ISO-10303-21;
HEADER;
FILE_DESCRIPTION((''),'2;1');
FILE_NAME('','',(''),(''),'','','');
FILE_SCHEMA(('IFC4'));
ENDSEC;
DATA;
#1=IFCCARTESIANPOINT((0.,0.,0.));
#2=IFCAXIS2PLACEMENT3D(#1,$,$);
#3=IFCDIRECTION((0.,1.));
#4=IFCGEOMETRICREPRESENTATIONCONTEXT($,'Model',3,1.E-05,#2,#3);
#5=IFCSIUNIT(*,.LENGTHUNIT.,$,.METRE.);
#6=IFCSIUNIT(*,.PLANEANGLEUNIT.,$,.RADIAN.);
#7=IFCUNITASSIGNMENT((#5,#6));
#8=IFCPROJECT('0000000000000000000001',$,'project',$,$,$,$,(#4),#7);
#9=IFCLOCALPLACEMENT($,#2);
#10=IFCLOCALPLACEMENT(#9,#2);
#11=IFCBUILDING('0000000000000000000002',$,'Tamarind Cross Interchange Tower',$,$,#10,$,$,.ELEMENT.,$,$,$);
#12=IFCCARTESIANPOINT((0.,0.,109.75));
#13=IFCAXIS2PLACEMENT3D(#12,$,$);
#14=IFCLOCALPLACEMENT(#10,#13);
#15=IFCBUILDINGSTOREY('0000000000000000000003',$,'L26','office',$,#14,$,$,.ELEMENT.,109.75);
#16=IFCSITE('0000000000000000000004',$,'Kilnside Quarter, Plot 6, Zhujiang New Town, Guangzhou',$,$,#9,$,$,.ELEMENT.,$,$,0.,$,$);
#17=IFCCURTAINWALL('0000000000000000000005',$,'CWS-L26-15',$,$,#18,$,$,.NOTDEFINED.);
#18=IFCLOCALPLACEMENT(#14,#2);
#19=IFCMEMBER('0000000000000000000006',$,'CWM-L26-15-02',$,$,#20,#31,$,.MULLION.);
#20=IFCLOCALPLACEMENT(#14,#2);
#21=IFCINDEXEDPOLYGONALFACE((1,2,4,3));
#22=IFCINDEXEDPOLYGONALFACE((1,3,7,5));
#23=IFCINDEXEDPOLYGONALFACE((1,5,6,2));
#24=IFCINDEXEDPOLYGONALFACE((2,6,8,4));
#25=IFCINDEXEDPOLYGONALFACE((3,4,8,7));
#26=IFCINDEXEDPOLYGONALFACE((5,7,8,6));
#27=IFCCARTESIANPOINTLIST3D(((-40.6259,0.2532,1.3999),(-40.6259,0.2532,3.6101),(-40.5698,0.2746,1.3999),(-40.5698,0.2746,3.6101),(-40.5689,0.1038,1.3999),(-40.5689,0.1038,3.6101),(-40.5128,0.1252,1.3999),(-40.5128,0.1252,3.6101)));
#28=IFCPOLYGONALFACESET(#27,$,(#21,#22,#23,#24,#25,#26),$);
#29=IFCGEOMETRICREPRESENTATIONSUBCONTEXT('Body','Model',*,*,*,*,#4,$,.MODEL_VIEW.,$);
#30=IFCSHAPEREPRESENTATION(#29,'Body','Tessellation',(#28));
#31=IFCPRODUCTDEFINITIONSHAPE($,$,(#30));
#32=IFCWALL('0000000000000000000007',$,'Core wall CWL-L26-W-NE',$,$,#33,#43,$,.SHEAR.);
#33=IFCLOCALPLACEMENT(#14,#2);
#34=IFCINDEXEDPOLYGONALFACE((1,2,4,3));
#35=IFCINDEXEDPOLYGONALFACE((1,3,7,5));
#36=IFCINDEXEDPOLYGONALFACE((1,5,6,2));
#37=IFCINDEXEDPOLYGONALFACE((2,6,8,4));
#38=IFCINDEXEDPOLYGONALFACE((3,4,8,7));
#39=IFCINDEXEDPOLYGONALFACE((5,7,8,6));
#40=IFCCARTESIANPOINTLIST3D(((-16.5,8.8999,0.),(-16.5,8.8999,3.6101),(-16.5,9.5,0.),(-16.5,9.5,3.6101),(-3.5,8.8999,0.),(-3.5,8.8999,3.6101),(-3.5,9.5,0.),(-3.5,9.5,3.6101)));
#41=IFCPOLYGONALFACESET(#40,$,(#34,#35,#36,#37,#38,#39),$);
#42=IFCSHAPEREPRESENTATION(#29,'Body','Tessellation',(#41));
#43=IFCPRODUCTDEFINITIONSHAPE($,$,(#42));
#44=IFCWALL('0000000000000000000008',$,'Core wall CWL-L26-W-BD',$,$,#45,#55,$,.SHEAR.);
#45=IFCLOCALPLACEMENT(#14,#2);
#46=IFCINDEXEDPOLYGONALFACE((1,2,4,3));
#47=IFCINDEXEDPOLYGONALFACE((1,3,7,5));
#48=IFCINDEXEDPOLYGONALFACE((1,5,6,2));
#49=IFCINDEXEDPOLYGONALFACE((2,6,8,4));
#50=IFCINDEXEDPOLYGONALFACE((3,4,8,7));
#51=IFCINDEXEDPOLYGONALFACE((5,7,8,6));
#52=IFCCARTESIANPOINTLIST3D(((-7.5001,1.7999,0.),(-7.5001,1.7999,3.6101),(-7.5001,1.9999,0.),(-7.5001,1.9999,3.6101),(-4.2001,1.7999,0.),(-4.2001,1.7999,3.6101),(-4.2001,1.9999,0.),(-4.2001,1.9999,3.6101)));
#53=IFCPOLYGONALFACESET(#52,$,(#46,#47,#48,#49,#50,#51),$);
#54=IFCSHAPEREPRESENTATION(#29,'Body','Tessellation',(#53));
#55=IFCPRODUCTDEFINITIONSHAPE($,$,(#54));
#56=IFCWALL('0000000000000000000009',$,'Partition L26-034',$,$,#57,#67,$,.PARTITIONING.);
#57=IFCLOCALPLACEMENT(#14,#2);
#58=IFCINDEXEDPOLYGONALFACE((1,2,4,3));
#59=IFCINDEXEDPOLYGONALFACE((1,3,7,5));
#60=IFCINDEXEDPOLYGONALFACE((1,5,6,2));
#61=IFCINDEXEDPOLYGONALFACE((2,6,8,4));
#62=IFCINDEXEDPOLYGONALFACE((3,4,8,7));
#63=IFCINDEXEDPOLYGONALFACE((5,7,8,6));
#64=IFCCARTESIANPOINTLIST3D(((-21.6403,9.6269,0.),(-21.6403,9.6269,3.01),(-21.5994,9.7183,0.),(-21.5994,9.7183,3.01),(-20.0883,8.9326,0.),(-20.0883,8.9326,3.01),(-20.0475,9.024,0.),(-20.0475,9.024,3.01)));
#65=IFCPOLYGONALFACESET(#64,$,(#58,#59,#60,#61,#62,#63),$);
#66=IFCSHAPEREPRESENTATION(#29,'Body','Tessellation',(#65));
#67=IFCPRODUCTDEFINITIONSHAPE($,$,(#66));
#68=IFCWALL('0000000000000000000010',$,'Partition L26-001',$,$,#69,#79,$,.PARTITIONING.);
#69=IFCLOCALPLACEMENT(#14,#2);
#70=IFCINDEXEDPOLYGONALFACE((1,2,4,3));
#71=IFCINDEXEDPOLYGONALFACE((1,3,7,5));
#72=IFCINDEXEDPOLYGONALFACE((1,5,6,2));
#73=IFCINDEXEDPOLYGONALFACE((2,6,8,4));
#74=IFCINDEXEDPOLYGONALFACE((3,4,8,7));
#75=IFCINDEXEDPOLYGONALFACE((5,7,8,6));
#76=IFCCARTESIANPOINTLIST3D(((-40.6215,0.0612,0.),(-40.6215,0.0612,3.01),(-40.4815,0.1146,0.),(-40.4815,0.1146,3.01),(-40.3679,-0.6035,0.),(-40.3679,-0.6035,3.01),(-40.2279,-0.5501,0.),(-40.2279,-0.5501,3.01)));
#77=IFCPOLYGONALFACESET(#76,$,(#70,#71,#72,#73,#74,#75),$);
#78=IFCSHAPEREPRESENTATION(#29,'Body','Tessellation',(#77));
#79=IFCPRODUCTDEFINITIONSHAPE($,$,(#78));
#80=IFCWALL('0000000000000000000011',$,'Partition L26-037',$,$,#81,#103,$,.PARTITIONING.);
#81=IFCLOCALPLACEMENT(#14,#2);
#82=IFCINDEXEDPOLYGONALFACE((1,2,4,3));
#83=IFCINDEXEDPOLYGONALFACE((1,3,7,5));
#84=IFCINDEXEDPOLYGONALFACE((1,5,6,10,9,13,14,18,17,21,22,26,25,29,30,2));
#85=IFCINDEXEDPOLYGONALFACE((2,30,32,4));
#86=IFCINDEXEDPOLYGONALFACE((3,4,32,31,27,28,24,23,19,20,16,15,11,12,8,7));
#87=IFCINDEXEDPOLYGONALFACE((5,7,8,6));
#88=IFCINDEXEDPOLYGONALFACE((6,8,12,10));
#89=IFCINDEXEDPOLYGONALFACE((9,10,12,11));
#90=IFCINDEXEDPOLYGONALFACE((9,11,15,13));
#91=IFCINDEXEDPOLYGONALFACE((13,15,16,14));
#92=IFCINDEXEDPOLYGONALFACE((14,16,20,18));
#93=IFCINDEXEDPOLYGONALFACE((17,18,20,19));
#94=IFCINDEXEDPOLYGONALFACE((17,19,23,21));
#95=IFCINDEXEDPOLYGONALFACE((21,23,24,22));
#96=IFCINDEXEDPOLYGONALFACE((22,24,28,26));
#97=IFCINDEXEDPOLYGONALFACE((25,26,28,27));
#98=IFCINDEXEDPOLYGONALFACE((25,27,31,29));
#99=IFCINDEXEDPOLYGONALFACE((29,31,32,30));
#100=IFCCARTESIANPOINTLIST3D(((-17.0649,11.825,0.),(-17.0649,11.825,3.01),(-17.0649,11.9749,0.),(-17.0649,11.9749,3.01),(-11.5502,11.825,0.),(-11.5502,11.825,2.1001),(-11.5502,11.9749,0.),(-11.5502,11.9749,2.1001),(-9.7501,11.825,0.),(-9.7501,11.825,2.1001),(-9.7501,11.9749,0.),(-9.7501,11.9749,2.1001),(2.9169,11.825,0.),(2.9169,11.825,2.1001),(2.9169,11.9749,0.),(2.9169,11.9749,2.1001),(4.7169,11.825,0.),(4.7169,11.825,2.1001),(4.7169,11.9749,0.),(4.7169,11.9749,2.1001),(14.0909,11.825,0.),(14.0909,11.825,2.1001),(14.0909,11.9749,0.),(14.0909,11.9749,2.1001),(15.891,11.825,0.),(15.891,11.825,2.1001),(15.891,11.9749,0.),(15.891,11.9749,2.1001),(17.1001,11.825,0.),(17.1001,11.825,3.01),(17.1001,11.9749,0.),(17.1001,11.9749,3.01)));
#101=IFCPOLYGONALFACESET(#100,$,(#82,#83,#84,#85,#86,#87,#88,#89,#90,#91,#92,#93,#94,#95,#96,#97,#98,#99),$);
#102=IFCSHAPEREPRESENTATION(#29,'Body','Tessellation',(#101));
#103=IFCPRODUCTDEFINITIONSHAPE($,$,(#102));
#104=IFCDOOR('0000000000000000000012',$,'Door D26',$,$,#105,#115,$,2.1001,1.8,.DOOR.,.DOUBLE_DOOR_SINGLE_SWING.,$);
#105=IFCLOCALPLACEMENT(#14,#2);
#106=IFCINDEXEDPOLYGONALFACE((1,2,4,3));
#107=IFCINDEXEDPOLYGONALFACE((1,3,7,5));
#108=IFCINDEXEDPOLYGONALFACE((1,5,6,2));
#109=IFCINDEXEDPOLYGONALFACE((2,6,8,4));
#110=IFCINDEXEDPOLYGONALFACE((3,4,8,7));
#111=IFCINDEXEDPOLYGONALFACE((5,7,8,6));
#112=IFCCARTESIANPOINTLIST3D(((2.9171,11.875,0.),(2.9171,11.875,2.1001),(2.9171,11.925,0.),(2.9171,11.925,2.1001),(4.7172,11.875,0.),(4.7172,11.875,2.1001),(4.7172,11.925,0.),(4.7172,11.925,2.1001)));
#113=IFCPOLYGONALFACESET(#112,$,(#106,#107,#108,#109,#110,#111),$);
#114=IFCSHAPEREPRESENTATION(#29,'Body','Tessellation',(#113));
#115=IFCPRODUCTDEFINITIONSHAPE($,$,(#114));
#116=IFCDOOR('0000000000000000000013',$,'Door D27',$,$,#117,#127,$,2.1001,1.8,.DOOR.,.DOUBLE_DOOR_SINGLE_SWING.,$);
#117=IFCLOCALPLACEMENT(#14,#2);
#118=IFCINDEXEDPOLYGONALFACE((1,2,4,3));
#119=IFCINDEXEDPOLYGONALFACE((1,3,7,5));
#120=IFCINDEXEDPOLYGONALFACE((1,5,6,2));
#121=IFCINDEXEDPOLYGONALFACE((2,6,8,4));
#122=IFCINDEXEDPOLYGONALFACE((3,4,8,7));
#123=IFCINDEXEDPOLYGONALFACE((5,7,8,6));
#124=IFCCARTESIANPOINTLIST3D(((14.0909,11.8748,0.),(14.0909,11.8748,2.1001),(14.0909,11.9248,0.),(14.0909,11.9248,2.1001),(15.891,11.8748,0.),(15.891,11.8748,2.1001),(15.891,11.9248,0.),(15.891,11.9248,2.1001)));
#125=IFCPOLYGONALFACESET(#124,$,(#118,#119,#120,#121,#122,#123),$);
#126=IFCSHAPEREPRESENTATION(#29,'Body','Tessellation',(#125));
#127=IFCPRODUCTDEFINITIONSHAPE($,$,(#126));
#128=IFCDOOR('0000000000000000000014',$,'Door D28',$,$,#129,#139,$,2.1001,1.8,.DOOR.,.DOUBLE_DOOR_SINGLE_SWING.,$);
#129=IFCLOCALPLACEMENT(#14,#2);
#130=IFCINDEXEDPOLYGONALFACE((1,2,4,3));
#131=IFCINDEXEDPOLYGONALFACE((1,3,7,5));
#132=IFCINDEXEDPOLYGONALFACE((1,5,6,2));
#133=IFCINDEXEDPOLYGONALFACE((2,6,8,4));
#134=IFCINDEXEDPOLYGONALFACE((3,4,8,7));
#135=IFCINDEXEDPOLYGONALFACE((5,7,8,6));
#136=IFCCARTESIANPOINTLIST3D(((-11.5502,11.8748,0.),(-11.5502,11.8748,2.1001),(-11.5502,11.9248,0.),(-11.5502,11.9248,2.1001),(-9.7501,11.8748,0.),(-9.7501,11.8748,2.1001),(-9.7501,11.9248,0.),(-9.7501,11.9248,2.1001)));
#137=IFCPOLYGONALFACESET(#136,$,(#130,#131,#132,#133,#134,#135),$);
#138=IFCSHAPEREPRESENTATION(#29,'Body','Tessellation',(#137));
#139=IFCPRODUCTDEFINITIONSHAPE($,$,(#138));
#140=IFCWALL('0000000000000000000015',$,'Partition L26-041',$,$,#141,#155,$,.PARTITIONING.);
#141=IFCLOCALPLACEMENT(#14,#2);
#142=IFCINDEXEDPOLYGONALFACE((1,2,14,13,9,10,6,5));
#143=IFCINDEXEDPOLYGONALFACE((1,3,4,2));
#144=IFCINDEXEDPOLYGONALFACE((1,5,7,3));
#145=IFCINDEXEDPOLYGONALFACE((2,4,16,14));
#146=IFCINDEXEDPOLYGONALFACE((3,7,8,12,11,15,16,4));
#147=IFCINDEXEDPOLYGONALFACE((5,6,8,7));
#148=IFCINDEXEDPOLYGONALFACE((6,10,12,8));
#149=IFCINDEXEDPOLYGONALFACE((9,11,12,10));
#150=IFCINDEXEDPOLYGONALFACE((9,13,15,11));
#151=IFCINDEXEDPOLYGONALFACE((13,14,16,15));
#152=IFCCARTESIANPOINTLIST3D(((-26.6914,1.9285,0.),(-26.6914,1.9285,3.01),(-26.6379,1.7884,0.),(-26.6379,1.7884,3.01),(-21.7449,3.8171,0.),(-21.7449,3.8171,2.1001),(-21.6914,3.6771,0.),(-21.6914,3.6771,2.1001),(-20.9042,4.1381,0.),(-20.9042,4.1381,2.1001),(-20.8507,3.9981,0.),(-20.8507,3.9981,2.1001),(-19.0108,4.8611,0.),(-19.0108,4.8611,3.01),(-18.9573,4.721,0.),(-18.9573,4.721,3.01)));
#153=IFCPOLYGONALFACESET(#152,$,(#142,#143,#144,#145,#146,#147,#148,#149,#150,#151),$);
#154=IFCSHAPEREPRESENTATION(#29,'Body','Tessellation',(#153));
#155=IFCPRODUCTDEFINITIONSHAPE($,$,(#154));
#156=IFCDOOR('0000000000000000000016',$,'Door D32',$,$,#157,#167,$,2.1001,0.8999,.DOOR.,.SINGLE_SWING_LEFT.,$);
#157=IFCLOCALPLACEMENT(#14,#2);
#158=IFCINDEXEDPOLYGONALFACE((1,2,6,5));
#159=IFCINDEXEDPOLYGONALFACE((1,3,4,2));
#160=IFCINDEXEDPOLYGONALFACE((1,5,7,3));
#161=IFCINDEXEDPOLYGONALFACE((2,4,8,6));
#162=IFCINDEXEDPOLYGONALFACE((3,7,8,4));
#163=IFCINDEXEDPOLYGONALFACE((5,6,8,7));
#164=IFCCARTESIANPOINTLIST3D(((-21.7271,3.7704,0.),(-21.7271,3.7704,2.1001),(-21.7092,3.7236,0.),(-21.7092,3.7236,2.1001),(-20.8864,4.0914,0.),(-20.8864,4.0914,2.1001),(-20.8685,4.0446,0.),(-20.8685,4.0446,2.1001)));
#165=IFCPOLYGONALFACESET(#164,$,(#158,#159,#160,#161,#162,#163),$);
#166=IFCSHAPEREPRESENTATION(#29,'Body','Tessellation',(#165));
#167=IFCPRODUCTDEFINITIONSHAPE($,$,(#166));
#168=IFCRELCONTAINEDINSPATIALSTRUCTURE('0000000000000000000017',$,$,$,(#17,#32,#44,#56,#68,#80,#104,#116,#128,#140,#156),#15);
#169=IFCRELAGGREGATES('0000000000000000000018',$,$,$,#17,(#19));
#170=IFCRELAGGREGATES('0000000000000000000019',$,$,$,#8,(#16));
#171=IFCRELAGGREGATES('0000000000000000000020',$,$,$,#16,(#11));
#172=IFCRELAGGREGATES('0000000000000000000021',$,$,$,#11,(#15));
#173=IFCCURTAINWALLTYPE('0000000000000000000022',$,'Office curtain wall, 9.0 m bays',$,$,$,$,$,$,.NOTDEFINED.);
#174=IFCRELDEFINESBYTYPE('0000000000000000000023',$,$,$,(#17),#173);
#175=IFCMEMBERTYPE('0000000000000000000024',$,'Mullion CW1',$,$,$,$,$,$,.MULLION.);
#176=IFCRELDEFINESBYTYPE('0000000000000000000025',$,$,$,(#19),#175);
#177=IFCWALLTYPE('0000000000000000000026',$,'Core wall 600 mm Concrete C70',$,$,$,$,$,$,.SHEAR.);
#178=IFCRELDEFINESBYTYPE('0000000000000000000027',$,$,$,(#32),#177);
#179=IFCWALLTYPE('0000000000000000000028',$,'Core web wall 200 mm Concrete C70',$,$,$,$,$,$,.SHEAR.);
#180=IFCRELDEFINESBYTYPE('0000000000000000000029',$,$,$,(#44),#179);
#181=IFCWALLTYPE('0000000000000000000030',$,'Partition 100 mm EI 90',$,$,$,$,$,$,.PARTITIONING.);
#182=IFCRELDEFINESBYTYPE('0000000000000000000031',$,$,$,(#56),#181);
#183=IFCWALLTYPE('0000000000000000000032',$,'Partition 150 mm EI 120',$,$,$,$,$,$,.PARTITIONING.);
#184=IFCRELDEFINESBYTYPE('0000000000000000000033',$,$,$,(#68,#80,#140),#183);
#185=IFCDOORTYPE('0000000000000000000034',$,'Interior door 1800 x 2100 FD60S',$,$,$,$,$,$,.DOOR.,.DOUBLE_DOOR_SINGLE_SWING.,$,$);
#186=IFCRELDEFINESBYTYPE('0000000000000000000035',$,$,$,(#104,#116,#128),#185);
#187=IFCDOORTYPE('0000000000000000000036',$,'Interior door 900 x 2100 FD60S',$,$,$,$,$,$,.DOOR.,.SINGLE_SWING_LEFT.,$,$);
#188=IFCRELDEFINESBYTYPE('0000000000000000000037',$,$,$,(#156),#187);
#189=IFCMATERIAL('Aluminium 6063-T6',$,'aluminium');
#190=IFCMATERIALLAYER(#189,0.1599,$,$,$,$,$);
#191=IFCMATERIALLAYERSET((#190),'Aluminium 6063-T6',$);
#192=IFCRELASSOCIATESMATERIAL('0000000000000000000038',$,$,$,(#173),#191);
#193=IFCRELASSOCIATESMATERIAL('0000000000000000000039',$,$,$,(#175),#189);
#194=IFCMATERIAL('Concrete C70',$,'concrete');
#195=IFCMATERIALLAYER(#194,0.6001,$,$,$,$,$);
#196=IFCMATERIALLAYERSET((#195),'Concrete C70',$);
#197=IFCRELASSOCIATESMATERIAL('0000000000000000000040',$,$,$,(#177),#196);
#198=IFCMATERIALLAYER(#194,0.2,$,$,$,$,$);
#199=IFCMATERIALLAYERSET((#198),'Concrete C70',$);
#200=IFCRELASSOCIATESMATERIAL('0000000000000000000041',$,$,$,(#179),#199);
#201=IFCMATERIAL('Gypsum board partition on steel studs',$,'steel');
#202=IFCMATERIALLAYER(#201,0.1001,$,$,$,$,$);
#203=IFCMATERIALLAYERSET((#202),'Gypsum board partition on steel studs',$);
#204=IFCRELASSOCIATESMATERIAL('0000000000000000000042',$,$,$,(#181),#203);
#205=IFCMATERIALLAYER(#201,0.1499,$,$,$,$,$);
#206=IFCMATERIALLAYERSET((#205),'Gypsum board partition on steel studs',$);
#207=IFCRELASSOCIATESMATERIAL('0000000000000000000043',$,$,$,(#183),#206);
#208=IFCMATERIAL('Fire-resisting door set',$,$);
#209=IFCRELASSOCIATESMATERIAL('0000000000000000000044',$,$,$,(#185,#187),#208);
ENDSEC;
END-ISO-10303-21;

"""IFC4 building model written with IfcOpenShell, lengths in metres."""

from ifc_helpers import new_model, si_unit, direction, frame, frame_2d, origin, origin_2d, place, context, subcontext, project, spatial, rectangle, extrude, material, layer, layer_set, material_profile, profile_set, type_object, element, fill, aggregate, save


model = new_model("IFC4")

# Units and contexts
model_context = context("Model", 3, precision=1e-05, world=origin(), true_north=direction((0.0, 1.0)))
body_context = subcontext(model_context, "Body", "Model", "MODEL_VIEW")
ifc_project = project(units=[si_unit("LENGTHUNIT", "METRE"), si_unit("PLANEANGLEUNIT", "RADIAN")], contexts=[model_context])

# Site, building, storey
site_placement = place(None, origin())
site = spatial("IfcSite", under=ifc_project, at=site_placement, Name="Kilnside Quarter, Plot 6, Zhujiang New Town, Guangzhou", CompositionType="ELEMENT", RefElevation=0.0)
building_placement = place(site_placement, origin())
building = spatial("IfcBuilding", under=site, at=building_placement, Name="Tamarind Cross Interchange Tower", CompositionType="ELEMENT")
storey_placement = place(building_placement, frame((0.0, 0.0, 109.75)))
storey = spatial("IfcBuildingStorey", under=building, at=storey_placement, Name="L26", Description="office", CompositionType="ELEMENT", Elevation=109.75)

# Shared definitions
ifc_material_1 = material(Name="Aluminium 6063-T6", Category="aluminium")
ifc_layer_1 = layer(ifc_material_1, 0.1599)
ifc_layer_set_1 = layer_set([ifc_layer_1], Name="Aluminium 6063-T6")
curtain_wall_type = type_object("IfcCurtainWallType", Name="Office curtain wall, 9.0 m bays", PredefinedType="NOTDEFINED", material=ifc_layer_set_1)
ifc_material_profile_1 = material_profile(ifc_material_1, rectangle(XDim=0.0601, YDim=0.1599, at=origin_2d()), Name="Mullion CW1")
ifc_profile_set_1 = profile_set([ifc_material_profile_1], Name="Aluminium 6063-T6")
member_type = type_object("IfcMemberType", Name="Mullion CW1", PredefinedType="MULLION", material=ifc_profile_set_1)

# Curtain wall, member
curtain_wall_1_placement = place(storey_placement, origin())
curtain_wall_1 = element("IfcCurtainWall", 1, at=curtain_wall_1_placement, inside=storey, type_object=curtain_wall_type, Name="CWS-L26-15", PredefinedType="NOTDEFINED")
member_1_placement = place(storey_placement, frame((-40.5693, 0.1892, 1.3999), z_axis=(0.0, 0.0, 1.0), x_axis=(-0.934229, -0.356673, 0.0)))
member_1 = element("IfcMember", 2, at=member_1_placement, type_object=member_type, Name="CWM-L26-15-02", PredefinedType="MULLION", context=body_context, shape_type="SweptSolid", body=[
    extrude(rectangle(XDim=0.0601, YDim=0.1599, at=origin_2d()), origin(), (0.0, 0.0, 1.0), 2.2102),
])
aggregate(curtain_wall_1, [member_1])

# Walls
ifc_material_2 = material(Name="Concrete C70", Category="concrete")
ifc_layer_2 = layer(ifc_material_2, 0.6001)
ifc_layer_set_2 = layer_set([ifc_layer_2], Name="Concrete C70")
wall_type_1 = type_object("IfcWallType", Name="Core wall 600 mm Concrete C70", PredefinedType="SHEAR", material=ifc_layer_set_2)
wall_1_placement = place(storey_placement, frame((-16.5, 9.2, 0.0), z_axis=(0.0, 0.0, 1.0), x_axis=(1.0, 0.0, 0.0)))
element("IfcWall", 3, at=wall_1_placement, inside=storey, type_object=wall_type_1, Name="Core wall CWL-L26-W-NE", PredefinedType="SHEAR", context=body_context, shape_type="SweptSolid", body=[
    extrude(rectangle(XDim=13.0, YDim=0.6001, at=frame_2d((6.5, 0.0))), origin(), (0.0, 0.0, 1.0), 3.6101),
])
ifc_layer_3 = layer(ifc_material_2, 0.2)
ifc_layer_set_3 = layer_set([ifc_layer_3], Name="Concrete C70")
wall_type_2 = type_object("IfcWallType", Name="Core web wall 200 mm Concrete C70", PredefinedType="SHEAR", material=ifc_layer_set_3)
wall_2_placement = place(storey_placement, frame((-7.5, 1.8999, 0.0), z_axis=(0.0, 0.0, 1.0), x_axis=(1.0, 0.0, 0.0)))
element("IfcWall", 4, at=wall_2_placement, inside=storey, type_object=wall_type_2, Name="Core wall CWL-L26-W-BD", PredefinedType="SHEAR", context=body_context, shape_type="SweptSolid", body=[
    extrude(rectangle(XDim=3.3, YDim=0.2, at=frame_2d((1.6499, 0.0))), origin(), (0.0, 0.0, 1.0), 3.6101),
])
ifc_material_3 = material(Name="Gypsum board partition on steel studs", Category="steel")
ifc_layer_4 = layer(ifc_material_3, 0.1001)
ifc_layer_set_4 = layer_set([ifc_layer_4], Name="Gypsum board partition on steel studs")
wall_type_3 = type_object("IfcWallType", Name="Partition 100 mm EI 90", PredefinedType="PARTITIONING", material=ifc_layer_set_4)
wall_3_placement = place(storey_placement, frame((-21.6199, 9.6726, 0.0), z_axis=(0.0, 0.0, 1.0), x_axis=(0.912814, -0.408376, 0.0)))
element("IfcWall", 5, at=wall_3_placement, inside=storey, type_object=wall_type_3, Name="Partition L26-034", PredefinedType="PARTITIONING", context=body_context, shape_type="SweptSolid", body=[
    extrude(rectangle(XDim=1.7002, YDim=0.1001, at=frame_2d((0.8501, 0.0))), origin(), (0.0, 0.0, 1.0), 3.01),
])
ifc_layer_5 = layer(ifc_material_3, 0.1499)
ifc_layer_set_5 = layer_set([ifc_layer_5], Name="Gypsum board partition on steel studs")
wall_type_4 = type_object("IfcWallType", Name="Partition 150 mm EI 120", PredefinedType="PARTITIONING", material=ifc_layer_set_5)
wall_4_placement = place(storey_placement, frame((-40.5515, 0.0879, 0.0), z_axis=(0.0, 0.0, 1.0), x_axis=(0.356495, -0.934297, 0.0)))
element("IfcWall", 6, at=wall_4_placement, inside=storey, type_object=wall_type_4, Name="Partition L26-001", PredefinedType="PARTITIONING", context=body_context, shape_type="SweptSolid", body=[
    extrude(rectangle(XDim=0.7114, YDim=0.1499, at=frame_2d((0.3557, 0.0))), origin(), (0.0, 0.0, 1.0), 3.01),
])

# Wall, openings, doors
wall_5_placement = place(storey_placement, frame((-17.0649, 11.8999, 0.0), z_axis=(0.0, 0.0, 1.0), x_axis=(1.0, 0.0, 0.0)))
wall_5 = element("IfcWall", 7, at=wall_5_placement, inside=storey, type_object=wall_type_4, Name="Partition L26-037", PredefinedType="PARTITIONING", context=body_context, shape_type="SweptSolid", body=[
    extrude(rectangle(XDim=34.165, YDim=0.1499, at=frame_2d((17.0825, 0.0))), origin(), (0.0, 0.0, 1.0), 3.01),
])
opening_1_placement = place(wall_5_placement, frame((19.9819, 0.0, 0.0)))
opening_1 = element("IfcOpeningElement", 8, at=opening_1_placement, cuts=wall_5, PredefinedType="OPENING", context=body_context, shape_type="SweptSolid", body=[
    extrude(rectangle(XDim=1.8, YDim=2.1001, at=frame_2d((0.8999, 1.05))), frame((0.0, 0.085, 0.0), z_axis=(0.0, -1.0, 0.0), x_axis=(1.0, 0.0, 0.0)), (0.0, 0.0, 1.0), 0.1699),
])
opening_2_placement = place(wall_5_placement, frame((31.156, 0.0, 0.0)))
opening_2 = element("IfcOpeningElement", 9, at=opening_2_placement, cuts=wall_5, PredefinedType="OPENING", context=body_context, shape_type="SweptSolid", body=[
    extrude(rectangle(XDim=1.8, YDim=2.1001, at=frame_2d((0.8999, 1.05))), frame((0.0, 0.085, 0.0), z_axis=(0.0, -1.0, 0.0), x_axis=(1.0, 0.0, 0.0)), (0.0, 0.0, 1.0), 0.1699),
])
opening_3_placement = place(wall_5_placement, frame((5.5149, 0.0, 0.0)))
opening_3 = element("IfcOpeningElement", 10, at=opening_3_placement, cuts=wall_5, PredefinedType="OPENING", context=body_context, shape_type="SweptSolid", body=[
    extrude(rectangle(XDim=1.8, YDim=2.1001, at=frame_2d((0.8999, 1.05))), frame((0.0, 0.085, 0.0), z_axis=(0.0, -1.0, 0.0), x_axis=(1.0, 0.0, 0.0)), (0.0, 0.0, 1.0), 0.1699),
])
ifc_material_4 = material(Name="Fire-resisting door set")
door_type_1 = type_object("IfcDoorType", Name="Interior door 1800 x 2100 FD60S", OperationType="DOUBLE_DOOR_SINGLE_SWING", PredefinedType="DOOR", material=ifc_material_4)
door_1_placement = place(opening_1_placement, frame((1.8, 0.0, 0.0), z_axis=(0.0, 0.0, 1.0), x_axis=(-1.0, 0.0, 0.0)))
door_1 = element("IfcDoor", 11, at=door_1_placement, inside=storey, type_object=door_type_1, Name="Door D26", OperationType="DOUBLE_DOOR_SINGLE_SWING", OverallHeight=2.1001, OverallWidth=1.8, PredefinedType="DOOR", context=body_context, shape_type="SweptSolid", body=[
    extrude(rectangle(XDim=1.8, YDim=2.1001, at=frame_2d((0.8999, 1.05))), frame((0.0, 0.0249, 0.0), z_axis=(0.0, -1.0, 0.0), x_axis=(1.0, 0.0, 0.0)), (0.0, 0.0, 1.0), 0.05),
])
fill(opening_1, door_1)
door_2_placement = place(opening_2_placement, origin())
door_2 = element("IfcDoor", 12, at=door_2_placement, inside=storey, type_object=door_type_1, Name="Door D27", OperationType="DOUBLE_DOOR_SINGLE_SWING", OverallHeight=2.1001, OverallWidth=1.8, PredefinedType="DOOR", context=body_context, shape_type="SweptSolid", body=[
    extrude(rectangle(XDim=1.8, YDim=2.1001, at=frame_2d((0.8999, 1.05))), frame((0.0, 0.0249, 0.0), z_axis=(0.0, -1.0, 0.0), x_axis=(1.0, 0.0, 0.0)), (0.0, 0.0, 1.0), 0.05),
])
fill(opening_2, door_2)
door_3_placement = place(opening_3_placement, origin())
door_3 = element("IfcDoor", 13, at=door_3_placement, inside=storey, type_object=door_type_1, Name="Door D28", OperationType="DOUBLE_DOOR_SINGLE_SWING", OverallHeight=2.1001, OverallWidth=1.8, PredefinedType="DOOR", context=body_context, shape_type="SweptSolid", body=[
    extrude(rectangle(XDim=1.8, YDim=2.1001, at=frame_2d((0.8999, 1.05))), frame((0.0, 0.0249, 0.0), z_axis=(0.0, -1.0, 0.0), x_axis=(1.0, 0.0, 0.0)), (0.0, 0.0, 1.0), 0.05),
])
fill(opening_3, door_3)

# Wall, opening, door
wall_6_placement = place(storey_placement, frame((-26.6648, 1.8584, 0.0), z_axis=(0.0, 0.0, 1.0), x_axis=(0.934218, 0.356702, 0.0)))
wall_6 = element("IfcWall", 14, at=wall_6_placement, inside=storey, type_object=wall_type_4, Name="Partition L26-041", PredefinedType="PARTITIONING", context=body_context, shape_type="SweptSolid", body=[
    extrude(rectangle(XDim=8.2214, YDim=0.1499, at=frame_2d((4.1108, 0.0))), origin(), (0.0, 0.0, 1.0), 3.01),
])
opening_4_placement = place(wall_6_placement, frame((5.2949, 0.0, 0.0)))
opening_4 = element("IfcOpeningElement", 15, at=opening_4_placement, cuts=wall_6, PredefinedType="OPENING", context=body_context, shape_type="SweptSolid", body=[
    extrude(rectangle(XDim=0.8999, YDim=2.1001, at=frame_2d((0.45, 1.05))), frame((0.0, 0.085, 0.0), z_axis=(0.0, -1.0, 0.0), x_axis=(1.0, 0.0, 0.0)), (0.0, 0.0, 1.0), 0.1699),
])
door_type_2 = type_object("IfcDoorType", Name="Interior door 900 x 2100 FD60S", OperationType="SINGLE_SWING_LEFT", PredefinedType="DOOR", material=ifc_material_4)
door_4_placement = place(opening_4_placement, origin())
door_4 = element("IfcDoor", 16, at=door_4_placement, inside=storey, type_object=door_type_2, Name="Door D32", OperationType="SINGLE_SWING_LEFT", OverallHeight=2.1001, OverallWidth=0.8999, PredefinedType="DOOR", context=body_context, shape_type="SweptSolid", body=[
    extrude(rectangle(XDim=0.8999, YDim=2.1001, at=frame_2d((0.45, 1.05))), frame((0.0, 0.0249, 0.0), z_axis=(0.0, -1.0, 0.0), x_axis=(1.0, 0.0, 0.0)), (0.0, 0.0, 1.0), 0.05),
])
fill(opening_4, door_4)

save(model, "model.ifc")
